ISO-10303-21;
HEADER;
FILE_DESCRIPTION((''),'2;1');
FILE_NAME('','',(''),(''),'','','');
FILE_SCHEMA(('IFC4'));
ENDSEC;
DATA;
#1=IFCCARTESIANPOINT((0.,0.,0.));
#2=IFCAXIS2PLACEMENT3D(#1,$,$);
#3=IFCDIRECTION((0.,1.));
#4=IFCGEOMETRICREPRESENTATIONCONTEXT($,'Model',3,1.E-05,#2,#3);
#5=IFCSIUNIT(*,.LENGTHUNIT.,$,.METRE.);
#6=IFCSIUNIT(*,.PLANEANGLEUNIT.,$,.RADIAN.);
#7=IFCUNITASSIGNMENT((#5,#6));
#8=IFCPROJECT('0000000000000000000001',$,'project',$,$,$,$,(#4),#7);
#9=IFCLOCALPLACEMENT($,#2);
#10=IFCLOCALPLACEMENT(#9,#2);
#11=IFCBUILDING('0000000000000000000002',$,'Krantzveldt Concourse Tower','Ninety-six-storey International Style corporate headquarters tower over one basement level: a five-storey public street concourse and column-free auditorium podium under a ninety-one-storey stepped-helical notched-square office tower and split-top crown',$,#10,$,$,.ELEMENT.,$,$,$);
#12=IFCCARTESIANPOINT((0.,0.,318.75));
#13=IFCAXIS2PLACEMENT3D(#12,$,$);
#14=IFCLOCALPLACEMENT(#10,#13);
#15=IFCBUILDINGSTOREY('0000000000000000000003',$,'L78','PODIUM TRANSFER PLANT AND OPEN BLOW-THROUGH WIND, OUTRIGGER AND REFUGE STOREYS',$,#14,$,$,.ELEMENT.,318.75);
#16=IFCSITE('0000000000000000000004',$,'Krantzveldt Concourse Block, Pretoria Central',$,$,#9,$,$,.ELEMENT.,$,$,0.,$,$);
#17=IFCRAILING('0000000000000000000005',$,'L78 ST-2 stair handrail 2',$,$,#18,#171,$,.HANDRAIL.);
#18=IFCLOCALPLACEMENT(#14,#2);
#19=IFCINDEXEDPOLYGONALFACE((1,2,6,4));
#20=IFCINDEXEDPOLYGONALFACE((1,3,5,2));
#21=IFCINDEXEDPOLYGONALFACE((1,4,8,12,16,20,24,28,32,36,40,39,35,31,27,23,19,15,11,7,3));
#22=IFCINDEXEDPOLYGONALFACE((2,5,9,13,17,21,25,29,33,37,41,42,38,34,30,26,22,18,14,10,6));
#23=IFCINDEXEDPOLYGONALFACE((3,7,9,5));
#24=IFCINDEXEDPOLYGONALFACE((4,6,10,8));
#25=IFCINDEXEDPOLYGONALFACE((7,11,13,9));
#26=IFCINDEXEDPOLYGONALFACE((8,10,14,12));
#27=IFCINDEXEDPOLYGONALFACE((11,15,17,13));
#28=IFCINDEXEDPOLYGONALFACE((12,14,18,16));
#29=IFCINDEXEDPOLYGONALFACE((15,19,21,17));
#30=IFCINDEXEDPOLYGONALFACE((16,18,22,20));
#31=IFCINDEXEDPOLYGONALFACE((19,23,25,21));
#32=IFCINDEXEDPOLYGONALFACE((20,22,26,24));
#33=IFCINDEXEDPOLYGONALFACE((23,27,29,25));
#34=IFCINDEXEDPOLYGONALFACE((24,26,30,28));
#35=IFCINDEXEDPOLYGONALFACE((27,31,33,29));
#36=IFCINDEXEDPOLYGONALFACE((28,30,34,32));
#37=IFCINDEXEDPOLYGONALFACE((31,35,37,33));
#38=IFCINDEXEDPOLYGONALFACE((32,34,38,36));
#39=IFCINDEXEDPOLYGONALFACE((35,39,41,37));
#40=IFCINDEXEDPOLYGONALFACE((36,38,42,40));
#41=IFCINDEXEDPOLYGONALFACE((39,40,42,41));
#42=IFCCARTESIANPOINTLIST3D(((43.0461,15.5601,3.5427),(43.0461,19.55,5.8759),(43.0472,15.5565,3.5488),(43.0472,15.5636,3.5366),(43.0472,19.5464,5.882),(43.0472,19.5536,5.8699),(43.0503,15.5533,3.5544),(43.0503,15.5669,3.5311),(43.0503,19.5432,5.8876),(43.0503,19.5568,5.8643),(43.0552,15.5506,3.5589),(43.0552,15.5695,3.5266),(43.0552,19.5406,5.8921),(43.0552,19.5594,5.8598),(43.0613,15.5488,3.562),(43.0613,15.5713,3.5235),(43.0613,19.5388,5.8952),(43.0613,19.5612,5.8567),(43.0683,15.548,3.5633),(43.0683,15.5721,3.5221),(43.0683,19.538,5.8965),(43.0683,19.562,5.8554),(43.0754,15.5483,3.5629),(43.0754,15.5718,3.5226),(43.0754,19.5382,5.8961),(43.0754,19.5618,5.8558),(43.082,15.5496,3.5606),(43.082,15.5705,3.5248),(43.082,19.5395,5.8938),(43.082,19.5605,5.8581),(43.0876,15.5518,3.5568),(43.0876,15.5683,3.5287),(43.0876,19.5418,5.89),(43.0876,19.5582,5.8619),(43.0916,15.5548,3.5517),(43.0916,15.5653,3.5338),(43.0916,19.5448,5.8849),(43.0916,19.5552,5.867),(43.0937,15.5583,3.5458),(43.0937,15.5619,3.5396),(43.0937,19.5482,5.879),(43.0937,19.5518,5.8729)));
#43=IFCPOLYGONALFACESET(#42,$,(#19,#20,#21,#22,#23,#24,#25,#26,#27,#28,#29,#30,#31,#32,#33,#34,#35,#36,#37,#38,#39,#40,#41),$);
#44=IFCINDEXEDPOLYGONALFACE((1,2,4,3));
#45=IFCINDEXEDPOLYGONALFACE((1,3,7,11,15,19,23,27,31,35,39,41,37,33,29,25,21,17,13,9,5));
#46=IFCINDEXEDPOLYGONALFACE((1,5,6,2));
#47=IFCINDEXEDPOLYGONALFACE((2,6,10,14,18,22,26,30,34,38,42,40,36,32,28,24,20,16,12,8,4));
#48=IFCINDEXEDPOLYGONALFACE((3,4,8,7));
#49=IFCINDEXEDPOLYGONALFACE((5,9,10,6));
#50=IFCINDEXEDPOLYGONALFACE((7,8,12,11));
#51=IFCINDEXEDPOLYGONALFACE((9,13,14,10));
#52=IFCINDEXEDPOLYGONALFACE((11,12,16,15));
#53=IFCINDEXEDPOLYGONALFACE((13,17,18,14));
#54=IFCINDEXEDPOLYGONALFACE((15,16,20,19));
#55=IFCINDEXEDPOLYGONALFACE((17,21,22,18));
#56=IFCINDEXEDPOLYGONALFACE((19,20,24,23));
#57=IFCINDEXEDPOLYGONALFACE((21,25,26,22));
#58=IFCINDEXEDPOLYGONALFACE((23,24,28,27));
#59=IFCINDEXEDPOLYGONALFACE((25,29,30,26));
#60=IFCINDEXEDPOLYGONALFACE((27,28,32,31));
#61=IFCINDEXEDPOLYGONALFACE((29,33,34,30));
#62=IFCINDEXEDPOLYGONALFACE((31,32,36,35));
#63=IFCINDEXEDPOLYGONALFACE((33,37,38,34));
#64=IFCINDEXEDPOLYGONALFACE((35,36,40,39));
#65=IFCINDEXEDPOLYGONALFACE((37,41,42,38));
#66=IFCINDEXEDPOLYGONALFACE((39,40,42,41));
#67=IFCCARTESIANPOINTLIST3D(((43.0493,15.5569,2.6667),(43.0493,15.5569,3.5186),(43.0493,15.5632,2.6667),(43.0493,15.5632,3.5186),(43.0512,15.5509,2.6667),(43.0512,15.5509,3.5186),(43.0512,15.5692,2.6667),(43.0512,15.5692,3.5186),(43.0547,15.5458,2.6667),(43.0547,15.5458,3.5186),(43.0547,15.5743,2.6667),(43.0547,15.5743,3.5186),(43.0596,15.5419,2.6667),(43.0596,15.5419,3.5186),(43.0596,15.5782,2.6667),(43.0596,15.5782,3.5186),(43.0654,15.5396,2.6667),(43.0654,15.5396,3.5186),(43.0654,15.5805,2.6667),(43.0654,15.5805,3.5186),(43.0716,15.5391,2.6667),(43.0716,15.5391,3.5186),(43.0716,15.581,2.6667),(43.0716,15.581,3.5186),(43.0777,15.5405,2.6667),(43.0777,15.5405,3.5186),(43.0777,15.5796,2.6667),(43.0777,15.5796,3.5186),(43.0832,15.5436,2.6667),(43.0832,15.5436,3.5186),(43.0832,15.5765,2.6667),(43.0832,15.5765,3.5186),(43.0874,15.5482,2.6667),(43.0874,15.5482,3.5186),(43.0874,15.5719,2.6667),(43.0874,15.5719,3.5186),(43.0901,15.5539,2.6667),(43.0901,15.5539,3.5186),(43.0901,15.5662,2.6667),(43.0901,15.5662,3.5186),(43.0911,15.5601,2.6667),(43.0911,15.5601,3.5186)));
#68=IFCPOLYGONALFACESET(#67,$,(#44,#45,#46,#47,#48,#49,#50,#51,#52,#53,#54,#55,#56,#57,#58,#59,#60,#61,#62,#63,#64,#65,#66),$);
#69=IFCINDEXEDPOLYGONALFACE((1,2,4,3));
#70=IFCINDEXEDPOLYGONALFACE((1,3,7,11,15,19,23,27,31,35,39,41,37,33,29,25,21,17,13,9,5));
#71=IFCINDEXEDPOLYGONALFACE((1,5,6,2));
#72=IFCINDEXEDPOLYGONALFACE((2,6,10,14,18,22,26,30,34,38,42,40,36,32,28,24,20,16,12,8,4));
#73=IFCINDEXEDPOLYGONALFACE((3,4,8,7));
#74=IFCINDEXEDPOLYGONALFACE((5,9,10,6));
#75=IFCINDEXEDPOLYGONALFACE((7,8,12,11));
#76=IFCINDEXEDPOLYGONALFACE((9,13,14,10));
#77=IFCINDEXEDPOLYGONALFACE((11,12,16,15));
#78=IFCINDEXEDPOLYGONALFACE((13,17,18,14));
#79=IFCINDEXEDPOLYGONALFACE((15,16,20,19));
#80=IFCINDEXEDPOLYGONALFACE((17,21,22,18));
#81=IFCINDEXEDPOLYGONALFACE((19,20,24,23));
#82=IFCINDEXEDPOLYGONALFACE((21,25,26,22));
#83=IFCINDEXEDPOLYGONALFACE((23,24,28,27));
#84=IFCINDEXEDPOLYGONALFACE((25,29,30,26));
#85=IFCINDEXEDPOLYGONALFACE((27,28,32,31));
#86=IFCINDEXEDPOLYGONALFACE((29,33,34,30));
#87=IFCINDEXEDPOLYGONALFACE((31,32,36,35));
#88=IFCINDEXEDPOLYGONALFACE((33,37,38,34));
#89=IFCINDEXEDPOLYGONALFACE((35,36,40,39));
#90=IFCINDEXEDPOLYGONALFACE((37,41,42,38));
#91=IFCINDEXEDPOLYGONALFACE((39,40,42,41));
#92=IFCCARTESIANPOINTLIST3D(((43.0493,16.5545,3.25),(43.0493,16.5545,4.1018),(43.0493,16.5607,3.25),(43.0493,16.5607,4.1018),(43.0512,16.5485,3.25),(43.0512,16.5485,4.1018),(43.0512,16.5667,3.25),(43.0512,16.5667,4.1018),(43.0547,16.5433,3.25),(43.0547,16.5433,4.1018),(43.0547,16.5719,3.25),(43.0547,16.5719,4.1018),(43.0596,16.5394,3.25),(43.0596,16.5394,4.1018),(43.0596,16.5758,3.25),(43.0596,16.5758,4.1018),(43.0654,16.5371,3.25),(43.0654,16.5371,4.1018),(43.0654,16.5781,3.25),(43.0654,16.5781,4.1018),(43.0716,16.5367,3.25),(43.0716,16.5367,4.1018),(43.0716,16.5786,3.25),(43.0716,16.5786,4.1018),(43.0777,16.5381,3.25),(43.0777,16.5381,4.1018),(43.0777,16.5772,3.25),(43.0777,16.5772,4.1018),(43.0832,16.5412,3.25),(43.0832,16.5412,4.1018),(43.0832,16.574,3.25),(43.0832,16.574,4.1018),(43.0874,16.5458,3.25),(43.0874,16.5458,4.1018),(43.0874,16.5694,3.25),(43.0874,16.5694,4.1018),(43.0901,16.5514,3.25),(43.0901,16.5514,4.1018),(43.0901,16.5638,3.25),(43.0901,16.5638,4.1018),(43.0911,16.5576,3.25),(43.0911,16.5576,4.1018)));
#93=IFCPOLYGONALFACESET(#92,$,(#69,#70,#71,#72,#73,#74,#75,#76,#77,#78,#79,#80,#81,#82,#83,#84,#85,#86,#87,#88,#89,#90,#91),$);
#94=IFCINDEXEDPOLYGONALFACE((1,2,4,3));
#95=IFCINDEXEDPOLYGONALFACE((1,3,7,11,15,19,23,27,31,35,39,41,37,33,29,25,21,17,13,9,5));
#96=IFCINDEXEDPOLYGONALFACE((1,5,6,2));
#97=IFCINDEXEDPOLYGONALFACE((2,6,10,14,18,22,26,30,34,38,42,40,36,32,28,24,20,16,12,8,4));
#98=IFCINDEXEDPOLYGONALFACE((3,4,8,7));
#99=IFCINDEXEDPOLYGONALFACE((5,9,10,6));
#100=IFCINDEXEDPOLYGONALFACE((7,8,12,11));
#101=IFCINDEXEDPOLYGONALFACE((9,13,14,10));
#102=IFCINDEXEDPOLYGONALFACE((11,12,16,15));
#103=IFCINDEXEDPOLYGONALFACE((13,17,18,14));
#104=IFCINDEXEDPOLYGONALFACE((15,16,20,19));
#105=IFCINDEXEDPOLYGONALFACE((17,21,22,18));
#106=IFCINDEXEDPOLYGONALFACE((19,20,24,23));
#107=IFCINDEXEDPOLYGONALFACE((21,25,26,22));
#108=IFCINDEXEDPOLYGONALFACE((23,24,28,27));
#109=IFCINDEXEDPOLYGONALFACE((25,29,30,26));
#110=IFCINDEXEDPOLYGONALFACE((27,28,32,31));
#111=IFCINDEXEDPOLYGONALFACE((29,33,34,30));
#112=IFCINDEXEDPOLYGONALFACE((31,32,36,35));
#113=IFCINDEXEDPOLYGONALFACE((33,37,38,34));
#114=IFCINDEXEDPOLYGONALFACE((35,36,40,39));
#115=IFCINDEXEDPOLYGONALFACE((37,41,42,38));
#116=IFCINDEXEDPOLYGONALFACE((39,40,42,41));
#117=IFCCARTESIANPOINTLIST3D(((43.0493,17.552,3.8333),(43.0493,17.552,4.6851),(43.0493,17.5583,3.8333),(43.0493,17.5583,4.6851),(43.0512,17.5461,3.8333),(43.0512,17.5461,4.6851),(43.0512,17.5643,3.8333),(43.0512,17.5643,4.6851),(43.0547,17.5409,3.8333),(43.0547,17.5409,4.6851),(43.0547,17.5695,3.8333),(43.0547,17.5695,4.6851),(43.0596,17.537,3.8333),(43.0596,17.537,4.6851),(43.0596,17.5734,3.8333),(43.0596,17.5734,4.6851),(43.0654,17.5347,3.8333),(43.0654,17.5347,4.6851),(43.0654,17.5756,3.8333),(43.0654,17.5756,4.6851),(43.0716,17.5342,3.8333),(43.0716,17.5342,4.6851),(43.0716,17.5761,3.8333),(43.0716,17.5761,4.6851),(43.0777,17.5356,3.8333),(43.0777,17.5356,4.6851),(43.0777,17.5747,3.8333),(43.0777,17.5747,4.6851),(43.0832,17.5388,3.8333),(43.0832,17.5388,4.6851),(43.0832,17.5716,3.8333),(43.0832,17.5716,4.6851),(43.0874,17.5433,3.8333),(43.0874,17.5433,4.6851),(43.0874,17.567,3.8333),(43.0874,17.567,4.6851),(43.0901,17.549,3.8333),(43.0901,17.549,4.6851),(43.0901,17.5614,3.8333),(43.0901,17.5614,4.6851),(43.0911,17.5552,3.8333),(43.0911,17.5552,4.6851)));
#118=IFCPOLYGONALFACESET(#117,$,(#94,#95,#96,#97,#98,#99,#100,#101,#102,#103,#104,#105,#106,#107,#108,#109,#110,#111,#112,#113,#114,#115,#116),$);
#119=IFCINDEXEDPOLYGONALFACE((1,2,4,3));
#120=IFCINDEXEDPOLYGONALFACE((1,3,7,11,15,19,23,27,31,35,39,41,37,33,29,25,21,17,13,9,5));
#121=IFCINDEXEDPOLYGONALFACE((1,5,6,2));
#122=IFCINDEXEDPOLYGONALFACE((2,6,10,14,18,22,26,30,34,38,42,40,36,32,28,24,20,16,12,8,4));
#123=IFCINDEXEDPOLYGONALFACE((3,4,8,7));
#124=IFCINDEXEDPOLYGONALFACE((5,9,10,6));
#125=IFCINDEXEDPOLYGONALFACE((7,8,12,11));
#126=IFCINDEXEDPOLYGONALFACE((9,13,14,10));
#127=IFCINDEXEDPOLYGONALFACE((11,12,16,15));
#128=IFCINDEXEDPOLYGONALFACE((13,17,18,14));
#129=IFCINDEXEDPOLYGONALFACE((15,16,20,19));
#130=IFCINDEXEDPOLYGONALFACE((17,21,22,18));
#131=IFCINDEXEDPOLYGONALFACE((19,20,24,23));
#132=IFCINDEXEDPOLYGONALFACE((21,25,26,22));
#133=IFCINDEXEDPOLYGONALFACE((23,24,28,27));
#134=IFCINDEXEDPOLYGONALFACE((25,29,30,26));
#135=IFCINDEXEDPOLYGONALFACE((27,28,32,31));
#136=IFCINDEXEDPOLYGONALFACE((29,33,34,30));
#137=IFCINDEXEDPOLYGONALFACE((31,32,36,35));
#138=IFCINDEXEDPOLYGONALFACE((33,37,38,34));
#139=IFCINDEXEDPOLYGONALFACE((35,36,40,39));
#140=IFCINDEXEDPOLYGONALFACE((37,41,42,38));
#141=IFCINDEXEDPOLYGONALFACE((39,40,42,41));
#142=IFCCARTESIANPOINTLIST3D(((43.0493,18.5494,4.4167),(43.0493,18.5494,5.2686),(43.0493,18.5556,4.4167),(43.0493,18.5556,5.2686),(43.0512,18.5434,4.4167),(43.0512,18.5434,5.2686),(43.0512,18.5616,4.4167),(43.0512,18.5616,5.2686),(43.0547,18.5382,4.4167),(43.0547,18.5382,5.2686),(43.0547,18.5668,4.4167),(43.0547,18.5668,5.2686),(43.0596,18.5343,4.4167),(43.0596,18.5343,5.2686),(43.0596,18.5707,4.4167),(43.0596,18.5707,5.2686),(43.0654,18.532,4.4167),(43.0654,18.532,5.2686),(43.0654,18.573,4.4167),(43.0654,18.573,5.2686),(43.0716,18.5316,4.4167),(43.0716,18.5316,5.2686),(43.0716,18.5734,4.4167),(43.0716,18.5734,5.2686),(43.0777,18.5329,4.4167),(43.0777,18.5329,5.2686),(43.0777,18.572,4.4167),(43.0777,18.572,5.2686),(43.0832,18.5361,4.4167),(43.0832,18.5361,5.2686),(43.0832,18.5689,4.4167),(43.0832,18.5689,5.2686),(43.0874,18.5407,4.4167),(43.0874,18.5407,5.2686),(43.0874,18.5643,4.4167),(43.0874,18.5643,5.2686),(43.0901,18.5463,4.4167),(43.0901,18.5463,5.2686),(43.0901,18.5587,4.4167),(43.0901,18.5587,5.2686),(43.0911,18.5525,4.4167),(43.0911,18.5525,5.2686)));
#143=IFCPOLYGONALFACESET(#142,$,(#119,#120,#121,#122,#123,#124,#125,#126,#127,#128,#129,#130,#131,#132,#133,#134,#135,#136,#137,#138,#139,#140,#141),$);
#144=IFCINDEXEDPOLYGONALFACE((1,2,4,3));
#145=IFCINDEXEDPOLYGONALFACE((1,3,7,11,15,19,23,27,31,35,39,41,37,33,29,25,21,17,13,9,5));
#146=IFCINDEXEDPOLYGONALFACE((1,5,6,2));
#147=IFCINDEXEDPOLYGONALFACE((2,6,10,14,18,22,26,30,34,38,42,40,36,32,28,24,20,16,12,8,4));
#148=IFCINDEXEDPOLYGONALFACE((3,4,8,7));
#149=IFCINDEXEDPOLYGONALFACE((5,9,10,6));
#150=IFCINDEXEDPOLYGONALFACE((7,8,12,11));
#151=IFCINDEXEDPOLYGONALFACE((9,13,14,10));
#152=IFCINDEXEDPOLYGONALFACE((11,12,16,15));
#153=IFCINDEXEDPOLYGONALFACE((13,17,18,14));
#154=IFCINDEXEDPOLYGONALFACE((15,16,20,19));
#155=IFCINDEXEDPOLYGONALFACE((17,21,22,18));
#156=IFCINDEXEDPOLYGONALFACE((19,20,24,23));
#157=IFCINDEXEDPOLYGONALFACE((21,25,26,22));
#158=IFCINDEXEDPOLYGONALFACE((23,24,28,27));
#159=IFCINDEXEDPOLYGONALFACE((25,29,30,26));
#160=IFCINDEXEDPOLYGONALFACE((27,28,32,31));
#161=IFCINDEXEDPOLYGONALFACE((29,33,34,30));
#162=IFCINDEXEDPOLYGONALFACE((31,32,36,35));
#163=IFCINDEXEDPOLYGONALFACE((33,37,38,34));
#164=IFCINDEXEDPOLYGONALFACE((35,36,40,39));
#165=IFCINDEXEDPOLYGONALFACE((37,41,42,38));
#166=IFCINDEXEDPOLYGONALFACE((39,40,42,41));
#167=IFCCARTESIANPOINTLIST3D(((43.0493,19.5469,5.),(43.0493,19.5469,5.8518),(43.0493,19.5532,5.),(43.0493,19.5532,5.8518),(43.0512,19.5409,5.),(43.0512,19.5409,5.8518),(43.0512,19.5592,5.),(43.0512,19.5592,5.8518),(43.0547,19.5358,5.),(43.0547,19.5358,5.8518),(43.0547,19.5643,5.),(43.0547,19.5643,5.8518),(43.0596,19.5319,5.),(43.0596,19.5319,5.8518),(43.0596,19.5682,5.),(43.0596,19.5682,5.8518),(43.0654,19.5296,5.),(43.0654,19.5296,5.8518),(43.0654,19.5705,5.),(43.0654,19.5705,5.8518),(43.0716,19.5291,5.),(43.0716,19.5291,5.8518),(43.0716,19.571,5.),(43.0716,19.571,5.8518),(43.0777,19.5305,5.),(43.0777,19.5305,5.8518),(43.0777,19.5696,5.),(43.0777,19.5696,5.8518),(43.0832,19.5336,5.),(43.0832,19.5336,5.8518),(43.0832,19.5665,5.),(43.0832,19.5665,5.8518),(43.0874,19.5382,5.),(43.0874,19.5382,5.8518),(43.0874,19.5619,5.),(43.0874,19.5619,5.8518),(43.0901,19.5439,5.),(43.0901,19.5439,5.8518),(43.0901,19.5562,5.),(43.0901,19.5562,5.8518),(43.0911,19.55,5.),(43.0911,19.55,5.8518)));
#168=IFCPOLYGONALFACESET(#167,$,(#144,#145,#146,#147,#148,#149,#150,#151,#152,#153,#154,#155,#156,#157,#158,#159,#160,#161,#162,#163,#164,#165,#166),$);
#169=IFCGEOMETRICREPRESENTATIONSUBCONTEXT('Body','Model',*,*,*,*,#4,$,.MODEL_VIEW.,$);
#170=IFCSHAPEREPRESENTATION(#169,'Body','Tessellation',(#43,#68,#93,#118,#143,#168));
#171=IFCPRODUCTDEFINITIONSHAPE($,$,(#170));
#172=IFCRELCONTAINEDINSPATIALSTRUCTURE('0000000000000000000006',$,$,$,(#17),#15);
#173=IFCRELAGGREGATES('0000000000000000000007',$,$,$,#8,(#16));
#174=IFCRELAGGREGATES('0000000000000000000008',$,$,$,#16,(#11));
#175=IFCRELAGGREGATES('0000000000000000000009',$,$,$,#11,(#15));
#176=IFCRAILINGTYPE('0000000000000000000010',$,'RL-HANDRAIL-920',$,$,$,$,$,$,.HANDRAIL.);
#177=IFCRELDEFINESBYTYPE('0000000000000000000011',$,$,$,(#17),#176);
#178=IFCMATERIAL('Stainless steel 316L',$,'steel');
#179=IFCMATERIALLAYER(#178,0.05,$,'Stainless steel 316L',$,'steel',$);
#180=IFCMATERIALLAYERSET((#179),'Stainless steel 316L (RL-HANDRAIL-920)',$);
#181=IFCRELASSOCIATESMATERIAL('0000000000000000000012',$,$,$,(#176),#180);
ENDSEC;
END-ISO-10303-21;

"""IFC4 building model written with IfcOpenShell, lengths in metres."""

from ifc_helpers import new_model, si_unit, direction, frame, origin, origin_2d, place, context, subcontext, project, spatial, circle, extrude, material, layer, layer_set, type_object, element, save


model = new_model("IFC4")

# Units and contexts
model_context = context("Model", 3, precision=1e-05, world=origin(), true_north=direction((0.0, 1.0)))
body_context = subcontext(model_context, "Body", "Model", "MODEL_VIEW")
ifc_project = project(units=[si_unit("LENGTHUNIT", "METRE"), si_unit("PLANEANGLEUNIT", "RADIAN")], contexts=[model_context])

# Site, building, storey
site_placement = place(None, origin())
site = spatial("IfcSite", under=ifc_project, at=site_placement, Name="Krantzveldt Concourse Block, Pretoria Central", CompositionType="ELEMENT", RefElevation=0.0)
building_placement = place(site_placement, origin())
building = spatial("IfcBuilding", under=site, at=building_placement, Name="Krantzveldt Concourse Tower", Description="Ninety-six-storey International Style corporate headquarters tower over one basement level: a five-storey public street concourse and column-free auditorium podium under a ninety-one-storey stepped-helical notched-square office tower and split-top crown", CompositionType="ELEMENT")
storey_placement = place(building_placement, frame((0.0, 0.0, 318.75)))
storey = spatial("IfcBuildingStorey", under=building, at=storey_placement, Name="L78", Description="PODIUM TRANSFER PLANT AND OPEN BLOW-THROUGH WIND, OUTRIGGER AND REFUGE STOREYS", CompositionType="ELEMENT", Elevation=318.75)

# Shared definitions
ifc_material_1 = material(Name="Stainless steel 316L", Category="steel")

# Railing
ifc_layer_1 = layer(ifc_material_1, 0.05, Name="Stainless steel 316L", Category="steel")
ifc_layer_set_1 = layer_set([ifc_layer_1], Name="Stainless steel 316L (RL-HANDRAIL-920)")
railing_type_1 = type_object("IfcRailingType", Name="RL-HANDRAIL-920", PredefinedType="HANDRAIL", material=ifc_layer_set_1)
railing_1_placement = place(storey_placement, frame((43.0701, 15.5601, 2.6667)))
element("IfcRailing", 1, at=railing_1_placement, inside=storey, type_object=railing_type_1, Name="L78 ST-2 stair handrail 2", PredefinedType="HANDRAIL", context=body_context, shape_type="SweptSolid", body=[
    extrude(circle(Radius=0.0239, at=origin_2d()), frame((0.0, 0.0, 0.876), z_axis=(0.0, 0.863236, 0.5048), x_axis=(-1.0, 0.0, 0.0)), (0.0, 0.0, 1.0), 4.6221),
    extrude(circle(Radius=0.021, at=origin_2d()), origin(), (0.0, 0.0, 1.0), 0.8518),
    extrude(circle(Radius=0.021, at=origin_2d()), frame((0.0, 0.9976, 0.5833)), (0.0, 0.0, 1.0), 0.8518),
    extrude(circle(Radius=0.021, at=origin_2d()), frame((0.0, 1.9951, 1.1665)), (0.0, 0.0, 1.0), 0.8518),
    extrude(circle(Radius=0.021, at=origin_2d()), frame((0.0, 2.9924, 1.75)), (0.0, 0.0, 1.0), 0.8518),
    extrude(circle(Radius=0.021, at=origin_2d()), frame((0.0, 3.99, 2.3333)), (0.0, 0.0, 1.0), 0.8518),
])

save(model, "model.ifc")
